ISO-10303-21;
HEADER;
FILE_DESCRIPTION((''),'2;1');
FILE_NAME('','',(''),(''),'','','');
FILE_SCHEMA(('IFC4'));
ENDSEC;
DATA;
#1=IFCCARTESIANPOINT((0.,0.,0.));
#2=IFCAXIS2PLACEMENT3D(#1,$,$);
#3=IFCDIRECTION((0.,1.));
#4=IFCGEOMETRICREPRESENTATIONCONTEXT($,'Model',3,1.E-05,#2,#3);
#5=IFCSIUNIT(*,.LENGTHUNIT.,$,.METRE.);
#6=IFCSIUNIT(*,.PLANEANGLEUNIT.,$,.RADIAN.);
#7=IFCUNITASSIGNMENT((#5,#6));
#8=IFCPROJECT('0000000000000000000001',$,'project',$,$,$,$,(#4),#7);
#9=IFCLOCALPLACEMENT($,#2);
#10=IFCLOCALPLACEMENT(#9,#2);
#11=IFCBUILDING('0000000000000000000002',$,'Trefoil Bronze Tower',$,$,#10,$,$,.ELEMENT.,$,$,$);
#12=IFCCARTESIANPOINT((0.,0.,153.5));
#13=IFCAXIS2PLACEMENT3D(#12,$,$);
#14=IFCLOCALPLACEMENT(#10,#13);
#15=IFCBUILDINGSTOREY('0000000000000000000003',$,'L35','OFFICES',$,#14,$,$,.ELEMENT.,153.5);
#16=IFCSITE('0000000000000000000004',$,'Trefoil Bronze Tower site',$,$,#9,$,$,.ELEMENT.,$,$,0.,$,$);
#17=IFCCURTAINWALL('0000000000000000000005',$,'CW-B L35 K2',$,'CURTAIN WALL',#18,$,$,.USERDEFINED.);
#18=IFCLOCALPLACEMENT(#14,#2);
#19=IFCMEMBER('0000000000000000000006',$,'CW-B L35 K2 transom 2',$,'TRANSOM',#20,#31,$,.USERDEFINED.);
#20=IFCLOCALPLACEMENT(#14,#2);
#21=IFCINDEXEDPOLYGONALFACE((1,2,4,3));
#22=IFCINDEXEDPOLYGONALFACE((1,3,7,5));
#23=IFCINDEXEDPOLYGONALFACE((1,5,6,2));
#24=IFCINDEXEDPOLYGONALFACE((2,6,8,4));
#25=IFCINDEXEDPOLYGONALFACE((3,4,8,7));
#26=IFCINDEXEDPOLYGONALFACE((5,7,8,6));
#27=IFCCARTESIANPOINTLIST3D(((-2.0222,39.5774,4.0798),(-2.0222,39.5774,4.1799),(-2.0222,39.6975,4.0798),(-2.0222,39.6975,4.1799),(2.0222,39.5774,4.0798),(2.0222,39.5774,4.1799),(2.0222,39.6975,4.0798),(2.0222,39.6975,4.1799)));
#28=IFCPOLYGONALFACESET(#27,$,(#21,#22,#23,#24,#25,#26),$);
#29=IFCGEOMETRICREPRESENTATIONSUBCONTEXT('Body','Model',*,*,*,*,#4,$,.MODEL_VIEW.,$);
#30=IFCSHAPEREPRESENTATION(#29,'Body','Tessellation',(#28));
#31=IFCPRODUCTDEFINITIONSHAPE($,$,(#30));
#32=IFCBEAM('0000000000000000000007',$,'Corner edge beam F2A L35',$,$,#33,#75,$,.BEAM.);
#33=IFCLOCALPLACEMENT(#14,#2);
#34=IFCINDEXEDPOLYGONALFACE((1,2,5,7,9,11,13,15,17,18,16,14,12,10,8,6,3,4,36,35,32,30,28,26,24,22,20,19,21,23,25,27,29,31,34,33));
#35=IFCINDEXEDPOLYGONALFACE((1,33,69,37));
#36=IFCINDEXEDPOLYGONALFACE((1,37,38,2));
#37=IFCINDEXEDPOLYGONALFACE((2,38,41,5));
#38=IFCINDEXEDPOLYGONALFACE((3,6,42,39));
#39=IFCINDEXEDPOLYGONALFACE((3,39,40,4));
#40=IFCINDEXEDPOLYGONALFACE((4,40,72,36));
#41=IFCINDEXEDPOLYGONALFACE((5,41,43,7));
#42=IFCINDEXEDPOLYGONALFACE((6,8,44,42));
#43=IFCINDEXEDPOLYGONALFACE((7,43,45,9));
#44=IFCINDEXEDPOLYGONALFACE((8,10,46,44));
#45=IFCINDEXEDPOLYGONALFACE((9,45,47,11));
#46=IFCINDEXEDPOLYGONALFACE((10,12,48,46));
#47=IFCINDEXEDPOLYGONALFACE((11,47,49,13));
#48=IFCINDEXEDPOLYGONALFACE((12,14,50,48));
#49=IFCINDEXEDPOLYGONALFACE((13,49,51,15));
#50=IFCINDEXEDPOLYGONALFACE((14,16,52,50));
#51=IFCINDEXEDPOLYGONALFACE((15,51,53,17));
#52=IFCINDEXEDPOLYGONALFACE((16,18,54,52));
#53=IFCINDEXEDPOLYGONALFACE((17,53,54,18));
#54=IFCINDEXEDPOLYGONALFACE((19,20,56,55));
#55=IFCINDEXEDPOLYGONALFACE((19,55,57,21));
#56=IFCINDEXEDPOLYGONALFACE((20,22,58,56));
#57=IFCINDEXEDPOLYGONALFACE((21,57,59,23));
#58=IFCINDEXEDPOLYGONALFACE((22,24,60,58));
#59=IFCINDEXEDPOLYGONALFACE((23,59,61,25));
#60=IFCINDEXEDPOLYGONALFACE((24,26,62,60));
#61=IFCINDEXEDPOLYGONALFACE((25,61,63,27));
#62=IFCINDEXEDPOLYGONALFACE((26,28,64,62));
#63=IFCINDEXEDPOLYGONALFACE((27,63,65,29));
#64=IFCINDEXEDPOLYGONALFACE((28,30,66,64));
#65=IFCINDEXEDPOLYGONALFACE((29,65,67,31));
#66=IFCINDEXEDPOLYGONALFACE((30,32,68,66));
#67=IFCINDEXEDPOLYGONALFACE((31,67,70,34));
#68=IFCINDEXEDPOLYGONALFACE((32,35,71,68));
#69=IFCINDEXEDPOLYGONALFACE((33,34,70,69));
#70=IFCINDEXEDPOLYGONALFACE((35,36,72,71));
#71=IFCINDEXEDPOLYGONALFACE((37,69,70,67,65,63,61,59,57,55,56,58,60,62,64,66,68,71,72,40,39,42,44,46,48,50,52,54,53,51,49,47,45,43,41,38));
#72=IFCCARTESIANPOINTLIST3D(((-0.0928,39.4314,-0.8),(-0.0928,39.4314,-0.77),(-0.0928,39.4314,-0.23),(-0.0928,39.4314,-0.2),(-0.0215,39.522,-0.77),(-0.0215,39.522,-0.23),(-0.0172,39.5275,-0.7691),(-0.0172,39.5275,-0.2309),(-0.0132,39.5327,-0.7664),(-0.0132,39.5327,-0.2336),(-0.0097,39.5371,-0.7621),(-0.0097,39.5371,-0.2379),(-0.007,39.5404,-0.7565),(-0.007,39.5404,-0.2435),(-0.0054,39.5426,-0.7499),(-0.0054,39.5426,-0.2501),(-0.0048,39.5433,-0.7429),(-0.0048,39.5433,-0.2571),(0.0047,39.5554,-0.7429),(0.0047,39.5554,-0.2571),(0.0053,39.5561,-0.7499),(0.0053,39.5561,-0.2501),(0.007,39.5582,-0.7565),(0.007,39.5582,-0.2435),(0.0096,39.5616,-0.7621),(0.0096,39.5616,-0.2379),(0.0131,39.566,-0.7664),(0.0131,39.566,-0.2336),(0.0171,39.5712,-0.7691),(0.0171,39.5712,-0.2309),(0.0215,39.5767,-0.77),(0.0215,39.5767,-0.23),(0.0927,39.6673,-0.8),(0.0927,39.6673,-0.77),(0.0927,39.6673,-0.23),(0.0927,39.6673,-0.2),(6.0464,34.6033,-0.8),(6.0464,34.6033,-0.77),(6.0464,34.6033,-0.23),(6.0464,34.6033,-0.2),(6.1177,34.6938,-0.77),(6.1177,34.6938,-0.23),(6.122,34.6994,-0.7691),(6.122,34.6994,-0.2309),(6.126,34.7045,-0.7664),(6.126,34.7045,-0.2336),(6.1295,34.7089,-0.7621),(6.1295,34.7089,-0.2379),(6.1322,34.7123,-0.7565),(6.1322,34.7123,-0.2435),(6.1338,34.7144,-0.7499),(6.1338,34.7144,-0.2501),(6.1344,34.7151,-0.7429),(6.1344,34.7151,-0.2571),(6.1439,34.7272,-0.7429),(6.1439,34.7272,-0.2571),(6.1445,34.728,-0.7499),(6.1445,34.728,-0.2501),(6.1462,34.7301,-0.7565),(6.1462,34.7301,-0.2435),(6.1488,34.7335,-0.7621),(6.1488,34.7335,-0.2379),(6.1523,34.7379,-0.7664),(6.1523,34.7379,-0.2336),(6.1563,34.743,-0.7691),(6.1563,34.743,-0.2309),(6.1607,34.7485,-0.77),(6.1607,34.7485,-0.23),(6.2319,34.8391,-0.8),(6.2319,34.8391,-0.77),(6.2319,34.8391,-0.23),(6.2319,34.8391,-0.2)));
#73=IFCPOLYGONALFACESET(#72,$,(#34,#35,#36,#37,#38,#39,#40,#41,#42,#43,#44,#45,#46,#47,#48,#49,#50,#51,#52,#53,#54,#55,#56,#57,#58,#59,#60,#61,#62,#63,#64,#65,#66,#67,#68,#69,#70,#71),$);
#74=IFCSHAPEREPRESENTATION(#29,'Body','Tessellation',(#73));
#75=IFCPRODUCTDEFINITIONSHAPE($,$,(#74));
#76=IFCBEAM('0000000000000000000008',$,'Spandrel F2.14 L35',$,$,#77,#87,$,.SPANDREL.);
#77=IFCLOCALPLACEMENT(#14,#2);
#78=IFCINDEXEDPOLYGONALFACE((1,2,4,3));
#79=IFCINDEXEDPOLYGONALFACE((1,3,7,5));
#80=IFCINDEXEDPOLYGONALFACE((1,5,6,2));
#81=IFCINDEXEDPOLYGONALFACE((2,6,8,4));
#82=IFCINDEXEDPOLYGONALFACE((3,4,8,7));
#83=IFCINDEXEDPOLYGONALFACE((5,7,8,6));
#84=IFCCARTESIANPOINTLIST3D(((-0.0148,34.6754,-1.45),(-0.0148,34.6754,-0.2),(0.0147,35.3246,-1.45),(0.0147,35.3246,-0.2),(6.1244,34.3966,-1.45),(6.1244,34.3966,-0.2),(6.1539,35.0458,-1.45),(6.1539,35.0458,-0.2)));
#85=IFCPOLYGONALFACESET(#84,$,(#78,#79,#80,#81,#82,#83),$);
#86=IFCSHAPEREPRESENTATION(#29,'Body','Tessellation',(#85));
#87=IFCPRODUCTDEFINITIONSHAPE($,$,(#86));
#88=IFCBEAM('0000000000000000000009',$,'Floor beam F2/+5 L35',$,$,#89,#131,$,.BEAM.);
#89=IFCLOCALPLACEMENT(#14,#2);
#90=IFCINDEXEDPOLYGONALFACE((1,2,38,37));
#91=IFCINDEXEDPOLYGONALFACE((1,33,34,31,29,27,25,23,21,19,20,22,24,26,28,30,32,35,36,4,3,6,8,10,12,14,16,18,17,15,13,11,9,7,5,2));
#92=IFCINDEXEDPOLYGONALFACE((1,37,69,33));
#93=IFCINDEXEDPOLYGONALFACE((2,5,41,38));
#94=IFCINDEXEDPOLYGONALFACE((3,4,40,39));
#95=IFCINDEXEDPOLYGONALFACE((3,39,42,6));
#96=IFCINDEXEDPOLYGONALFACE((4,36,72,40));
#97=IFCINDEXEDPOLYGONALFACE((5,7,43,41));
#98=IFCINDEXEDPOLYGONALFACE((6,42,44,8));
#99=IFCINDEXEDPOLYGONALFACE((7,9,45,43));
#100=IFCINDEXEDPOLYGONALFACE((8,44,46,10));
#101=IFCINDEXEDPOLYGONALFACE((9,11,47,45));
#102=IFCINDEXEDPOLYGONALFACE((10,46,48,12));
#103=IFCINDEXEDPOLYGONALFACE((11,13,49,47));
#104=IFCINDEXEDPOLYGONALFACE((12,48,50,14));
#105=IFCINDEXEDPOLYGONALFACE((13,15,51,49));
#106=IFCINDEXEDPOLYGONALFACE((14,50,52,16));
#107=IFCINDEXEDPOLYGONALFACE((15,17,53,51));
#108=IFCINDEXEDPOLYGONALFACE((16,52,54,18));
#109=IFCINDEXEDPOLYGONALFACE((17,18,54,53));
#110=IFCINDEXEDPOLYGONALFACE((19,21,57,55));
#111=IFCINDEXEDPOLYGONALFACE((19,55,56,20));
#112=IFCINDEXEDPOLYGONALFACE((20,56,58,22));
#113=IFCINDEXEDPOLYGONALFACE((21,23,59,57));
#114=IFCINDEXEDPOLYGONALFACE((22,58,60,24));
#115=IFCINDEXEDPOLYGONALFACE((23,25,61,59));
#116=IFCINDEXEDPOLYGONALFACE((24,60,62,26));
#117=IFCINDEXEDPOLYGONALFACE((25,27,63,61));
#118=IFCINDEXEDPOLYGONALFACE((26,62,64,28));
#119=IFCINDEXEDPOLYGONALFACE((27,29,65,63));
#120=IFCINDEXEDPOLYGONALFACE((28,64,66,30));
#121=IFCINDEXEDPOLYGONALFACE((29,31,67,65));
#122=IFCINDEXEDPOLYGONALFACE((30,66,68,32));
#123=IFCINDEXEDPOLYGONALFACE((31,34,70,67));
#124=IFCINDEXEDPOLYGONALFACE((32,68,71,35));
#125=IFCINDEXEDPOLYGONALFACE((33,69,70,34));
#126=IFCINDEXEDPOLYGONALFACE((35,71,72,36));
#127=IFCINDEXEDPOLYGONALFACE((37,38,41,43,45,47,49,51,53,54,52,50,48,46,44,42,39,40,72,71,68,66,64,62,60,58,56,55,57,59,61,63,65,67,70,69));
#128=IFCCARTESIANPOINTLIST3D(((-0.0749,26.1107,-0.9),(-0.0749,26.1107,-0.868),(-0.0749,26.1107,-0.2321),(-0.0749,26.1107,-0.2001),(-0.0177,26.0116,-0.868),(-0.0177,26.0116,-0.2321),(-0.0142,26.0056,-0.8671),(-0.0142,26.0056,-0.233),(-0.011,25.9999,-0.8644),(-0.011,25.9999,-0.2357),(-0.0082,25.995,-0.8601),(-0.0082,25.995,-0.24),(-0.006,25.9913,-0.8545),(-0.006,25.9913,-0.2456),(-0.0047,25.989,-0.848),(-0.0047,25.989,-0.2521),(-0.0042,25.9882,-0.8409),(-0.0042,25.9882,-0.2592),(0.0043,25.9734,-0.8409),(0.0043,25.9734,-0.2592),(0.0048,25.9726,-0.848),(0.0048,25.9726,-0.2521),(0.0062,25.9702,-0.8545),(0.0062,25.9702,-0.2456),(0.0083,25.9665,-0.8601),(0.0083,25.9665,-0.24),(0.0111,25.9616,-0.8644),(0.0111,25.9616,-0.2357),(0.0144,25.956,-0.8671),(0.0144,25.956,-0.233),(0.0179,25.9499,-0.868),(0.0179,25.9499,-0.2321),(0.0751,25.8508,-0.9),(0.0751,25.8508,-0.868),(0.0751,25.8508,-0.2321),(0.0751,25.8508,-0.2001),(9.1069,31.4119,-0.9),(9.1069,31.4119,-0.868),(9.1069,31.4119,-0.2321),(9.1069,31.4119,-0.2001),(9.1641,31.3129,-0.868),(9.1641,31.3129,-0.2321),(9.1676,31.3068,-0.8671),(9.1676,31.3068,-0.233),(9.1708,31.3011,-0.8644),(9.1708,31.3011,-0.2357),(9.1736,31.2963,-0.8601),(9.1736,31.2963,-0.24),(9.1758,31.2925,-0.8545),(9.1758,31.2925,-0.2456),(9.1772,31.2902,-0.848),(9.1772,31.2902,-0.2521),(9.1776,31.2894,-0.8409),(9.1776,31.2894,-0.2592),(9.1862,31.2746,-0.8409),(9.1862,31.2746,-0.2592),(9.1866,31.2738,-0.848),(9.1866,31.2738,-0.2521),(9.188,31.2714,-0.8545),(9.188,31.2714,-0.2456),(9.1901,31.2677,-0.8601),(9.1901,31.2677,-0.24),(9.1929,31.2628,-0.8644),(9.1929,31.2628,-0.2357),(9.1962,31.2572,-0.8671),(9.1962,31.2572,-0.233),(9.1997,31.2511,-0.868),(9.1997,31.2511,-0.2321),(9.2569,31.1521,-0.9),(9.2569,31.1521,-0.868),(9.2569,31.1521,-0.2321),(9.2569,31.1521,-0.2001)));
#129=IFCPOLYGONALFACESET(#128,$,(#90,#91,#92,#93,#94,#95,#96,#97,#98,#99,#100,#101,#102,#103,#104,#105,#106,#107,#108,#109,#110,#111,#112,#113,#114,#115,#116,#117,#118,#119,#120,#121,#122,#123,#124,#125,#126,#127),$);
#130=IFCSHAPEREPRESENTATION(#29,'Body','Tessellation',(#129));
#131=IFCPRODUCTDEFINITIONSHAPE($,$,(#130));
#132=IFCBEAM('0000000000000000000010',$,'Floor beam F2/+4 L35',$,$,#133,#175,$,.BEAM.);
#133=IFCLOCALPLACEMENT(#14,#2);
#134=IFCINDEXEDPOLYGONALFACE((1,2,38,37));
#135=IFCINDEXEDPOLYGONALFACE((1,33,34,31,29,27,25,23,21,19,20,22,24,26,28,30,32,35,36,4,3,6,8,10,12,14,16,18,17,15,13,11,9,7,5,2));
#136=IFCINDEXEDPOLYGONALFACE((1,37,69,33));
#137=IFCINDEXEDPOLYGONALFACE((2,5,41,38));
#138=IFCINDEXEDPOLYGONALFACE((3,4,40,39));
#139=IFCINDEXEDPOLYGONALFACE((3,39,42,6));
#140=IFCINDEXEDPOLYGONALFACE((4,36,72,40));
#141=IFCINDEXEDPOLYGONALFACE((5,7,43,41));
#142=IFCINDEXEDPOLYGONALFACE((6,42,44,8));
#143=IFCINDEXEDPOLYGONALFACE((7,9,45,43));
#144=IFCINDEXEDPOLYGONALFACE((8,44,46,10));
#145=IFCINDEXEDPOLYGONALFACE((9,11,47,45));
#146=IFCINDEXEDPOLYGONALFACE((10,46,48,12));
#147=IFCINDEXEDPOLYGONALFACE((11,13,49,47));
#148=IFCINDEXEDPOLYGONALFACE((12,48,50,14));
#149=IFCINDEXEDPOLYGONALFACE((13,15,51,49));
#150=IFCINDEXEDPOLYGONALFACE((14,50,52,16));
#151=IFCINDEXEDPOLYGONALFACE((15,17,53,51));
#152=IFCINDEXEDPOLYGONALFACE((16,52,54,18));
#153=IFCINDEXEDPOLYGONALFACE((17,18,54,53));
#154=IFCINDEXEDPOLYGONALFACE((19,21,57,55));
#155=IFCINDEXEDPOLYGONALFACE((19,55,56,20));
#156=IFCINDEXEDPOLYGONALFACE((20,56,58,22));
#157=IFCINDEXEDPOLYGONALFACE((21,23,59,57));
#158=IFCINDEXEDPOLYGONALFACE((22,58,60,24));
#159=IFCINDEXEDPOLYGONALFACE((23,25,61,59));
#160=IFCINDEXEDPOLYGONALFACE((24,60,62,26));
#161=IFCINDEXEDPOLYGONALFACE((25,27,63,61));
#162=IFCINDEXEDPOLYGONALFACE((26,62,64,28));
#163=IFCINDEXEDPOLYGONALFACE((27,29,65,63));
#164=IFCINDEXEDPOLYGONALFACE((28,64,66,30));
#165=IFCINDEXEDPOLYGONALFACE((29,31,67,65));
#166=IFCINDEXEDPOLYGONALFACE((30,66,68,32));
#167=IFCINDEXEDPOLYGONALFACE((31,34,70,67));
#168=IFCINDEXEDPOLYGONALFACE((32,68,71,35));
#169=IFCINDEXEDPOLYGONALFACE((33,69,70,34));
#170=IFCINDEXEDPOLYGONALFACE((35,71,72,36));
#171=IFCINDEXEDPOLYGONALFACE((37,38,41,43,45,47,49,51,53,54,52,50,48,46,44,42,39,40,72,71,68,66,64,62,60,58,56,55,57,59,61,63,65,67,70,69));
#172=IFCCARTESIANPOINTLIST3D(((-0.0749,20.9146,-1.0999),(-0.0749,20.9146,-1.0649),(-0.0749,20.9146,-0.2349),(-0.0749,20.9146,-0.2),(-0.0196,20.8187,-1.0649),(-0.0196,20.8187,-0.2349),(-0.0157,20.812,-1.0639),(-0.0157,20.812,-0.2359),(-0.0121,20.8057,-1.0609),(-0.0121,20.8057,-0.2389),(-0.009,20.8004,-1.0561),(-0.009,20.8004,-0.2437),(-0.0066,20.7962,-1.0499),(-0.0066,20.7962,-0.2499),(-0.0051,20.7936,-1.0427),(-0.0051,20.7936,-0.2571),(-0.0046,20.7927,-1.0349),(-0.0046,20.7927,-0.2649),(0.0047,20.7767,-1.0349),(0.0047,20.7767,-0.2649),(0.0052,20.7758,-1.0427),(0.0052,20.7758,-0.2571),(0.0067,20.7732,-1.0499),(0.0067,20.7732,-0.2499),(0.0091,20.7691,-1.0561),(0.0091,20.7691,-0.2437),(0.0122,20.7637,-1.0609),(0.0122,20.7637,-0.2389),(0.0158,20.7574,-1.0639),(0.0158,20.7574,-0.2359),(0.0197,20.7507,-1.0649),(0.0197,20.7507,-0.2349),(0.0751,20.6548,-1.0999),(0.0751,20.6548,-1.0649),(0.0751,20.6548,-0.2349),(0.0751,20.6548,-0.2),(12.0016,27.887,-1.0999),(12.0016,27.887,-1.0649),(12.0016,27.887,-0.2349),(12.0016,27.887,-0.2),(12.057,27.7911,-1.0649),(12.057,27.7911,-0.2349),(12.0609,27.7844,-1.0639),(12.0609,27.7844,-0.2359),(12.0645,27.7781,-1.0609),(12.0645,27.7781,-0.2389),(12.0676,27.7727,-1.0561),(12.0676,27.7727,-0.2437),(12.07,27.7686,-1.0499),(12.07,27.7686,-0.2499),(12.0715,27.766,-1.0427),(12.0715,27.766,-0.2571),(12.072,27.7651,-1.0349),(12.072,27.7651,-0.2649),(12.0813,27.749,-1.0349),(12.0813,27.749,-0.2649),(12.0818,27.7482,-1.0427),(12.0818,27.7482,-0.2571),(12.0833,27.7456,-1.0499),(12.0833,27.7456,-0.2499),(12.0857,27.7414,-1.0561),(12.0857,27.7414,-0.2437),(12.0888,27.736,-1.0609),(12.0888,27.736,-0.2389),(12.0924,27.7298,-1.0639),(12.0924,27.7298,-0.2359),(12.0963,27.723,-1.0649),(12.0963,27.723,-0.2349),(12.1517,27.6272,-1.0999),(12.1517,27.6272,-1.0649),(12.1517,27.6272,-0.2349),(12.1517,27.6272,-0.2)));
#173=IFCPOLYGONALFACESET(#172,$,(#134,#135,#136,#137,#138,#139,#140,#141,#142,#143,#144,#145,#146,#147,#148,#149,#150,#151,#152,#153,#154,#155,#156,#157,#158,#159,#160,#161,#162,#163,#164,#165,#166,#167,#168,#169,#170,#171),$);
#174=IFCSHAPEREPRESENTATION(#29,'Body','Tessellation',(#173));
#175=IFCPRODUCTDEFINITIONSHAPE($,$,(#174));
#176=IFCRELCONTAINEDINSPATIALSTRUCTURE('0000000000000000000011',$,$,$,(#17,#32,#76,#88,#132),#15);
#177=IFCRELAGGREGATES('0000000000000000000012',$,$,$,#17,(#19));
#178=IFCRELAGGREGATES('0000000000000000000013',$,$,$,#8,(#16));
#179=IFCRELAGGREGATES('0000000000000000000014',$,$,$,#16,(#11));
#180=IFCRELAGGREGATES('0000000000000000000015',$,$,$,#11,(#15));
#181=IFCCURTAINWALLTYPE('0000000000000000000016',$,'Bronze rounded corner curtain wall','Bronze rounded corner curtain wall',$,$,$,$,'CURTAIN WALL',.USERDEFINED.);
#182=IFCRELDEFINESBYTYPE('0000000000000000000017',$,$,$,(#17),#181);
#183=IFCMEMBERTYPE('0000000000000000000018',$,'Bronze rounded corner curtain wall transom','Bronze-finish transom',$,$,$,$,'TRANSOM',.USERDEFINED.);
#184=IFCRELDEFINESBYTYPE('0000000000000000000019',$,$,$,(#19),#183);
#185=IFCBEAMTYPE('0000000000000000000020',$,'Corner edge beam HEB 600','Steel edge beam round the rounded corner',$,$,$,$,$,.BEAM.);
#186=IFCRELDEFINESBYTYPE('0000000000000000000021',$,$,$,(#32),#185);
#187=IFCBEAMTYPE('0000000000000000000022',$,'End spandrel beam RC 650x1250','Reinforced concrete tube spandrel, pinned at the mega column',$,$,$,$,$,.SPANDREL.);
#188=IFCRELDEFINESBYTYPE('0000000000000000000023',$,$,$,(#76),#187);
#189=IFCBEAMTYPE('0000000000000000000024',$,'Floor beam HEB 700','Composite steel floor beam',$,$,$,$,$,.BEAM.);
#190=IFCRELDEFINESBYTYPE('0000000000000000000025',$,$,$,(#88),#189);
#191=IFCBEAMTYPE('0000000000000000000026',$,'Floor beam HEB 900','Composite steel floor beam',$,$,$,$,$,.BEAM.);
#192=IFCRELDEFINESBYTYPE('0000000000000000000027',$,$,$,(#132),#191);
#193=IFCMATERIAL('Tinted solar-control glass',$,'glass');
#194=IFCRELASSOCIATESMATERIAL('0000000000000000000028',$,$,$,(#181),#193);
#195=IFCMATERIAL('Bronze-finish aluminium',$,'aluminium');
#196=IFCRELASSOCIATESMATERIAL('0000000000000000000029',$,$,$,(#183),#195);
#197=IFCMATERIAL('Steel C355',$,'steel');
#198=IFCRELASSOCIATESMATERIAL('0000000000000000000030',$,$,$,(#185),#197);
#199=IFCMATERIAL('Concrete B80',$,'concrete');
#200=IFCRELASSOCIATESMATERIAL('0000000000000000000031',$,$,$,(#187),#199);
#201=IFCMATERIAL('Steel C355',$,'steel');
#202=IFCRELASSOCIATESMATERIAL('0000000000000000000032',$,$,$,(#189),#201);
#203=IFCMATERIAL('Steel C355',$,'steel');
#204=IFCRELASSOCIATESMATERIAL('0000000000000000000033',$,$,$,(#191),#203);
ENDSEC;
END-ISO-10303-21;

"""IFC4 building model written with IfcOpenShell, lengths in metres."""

from ifc_helpers import new_model, si_unit, direction, frame, origin, origin_2d, place, context, subcontext, project, spatial, rectangle, i_section, extrude, material, material_profile, profile_set, type_object, element, aggregate, save


model = new_model("IFC4")

# Units and contexts
model_context = context("Model", 3, precision=1e-05, world=origin(), true_north=direction((0.0, 1.0)))
body_context = subcontext(model_context, "Body", "Model", "MODEL_VIEW")
ifc_project = project(units=[si_unit("LENGTHUNIT", "METRE"), si_unit("PLANEANGLEUNIT", "RADIAN")], contexts=[model_context])

# Site, building, storey
site_placement = place(None, origin())
site = spatial("IfcSite", under=ifc_project, at=site_placement, Name="Trefoil Bronze Tower site", CompositionType="ELEMENT", RefElevation=0.0)
building_placement = place(site_placement, origin())
building = spatial("IfcBuilding", under=site, at=building_placement, Name="Trefoil Bronze Tower", CompositionType="ELEMENT")
storey_placement = place(building_placement, frame((0.0, 0.0, 153.5)))
storey = spatial("IfcBuildingStorey", under=building, at=storey_placement, Name="L35", Description="OFFICES", CompositionType="ELEMENT", Elevation=153.5)

# Curtain wall, member
ifc_material_1 = material(Name="Tinted solar-control glass", Category="glass")
curtain_wall_type_1 = type_object("IfcCurtainWallType", Name="Bronze rounded corner curtain wall", Description="Bronze rounded corner curtain wall", ElementType="CURTAIN WALL", PredefinedType="USERDEFINED", material=ifc_material_1)
curtain_wall_1_placement = place(storey_placement, origin())
curtain_wall_1 = element("IfcCurtainWall", 1, at=curtain_wall_1_placement, inside=storey, type_object=curtain_wall_type_1, Name="CW-B L35 K2", ObjectType="CURTAIN WALL", PredefinedType="USERDEFINED")
ifc_material_2 = material(Name="Bronze-finish aluminium", Category="aluminium")
ifc_material_profile_1 = material_profile(ifc_material_2, rectangle(XDim=0.1201, YDim=0.1001, at=origin_2d()), Name="CW-B transom")
ifc_profile_set_1 = profile_set([ifc_material_profile_1], Name="Bronze-finish aluminium")
member_type_1 = type_object("IfcMemberType", Name="Bronze rounded corner curtain wall transom", Description="Bronze-finish transom", ElementType="TRANSOM", PredefinedType="USERDEFINED", material=ifc_profile_set_1)
member_1_placement = place(storey_placement, frame((2.0222, 39.6375, 4.1299), z_axis=(-1.0, 0.0, 0.0), x_axis=(0.0, -1.0, 0.0)))
member_1 = element("IfcMember", 2, at=member_1_placement, type_object=member_type_1, Name="CW-B L35 K2 transom 2", ObjectType="TRANSOM", PredefinedType="USERDEFINED", context=body_context, shape_type="SweptSolid", body=[
    extrude(rectangle(XDim=0.1201, YDim=0.1001, at=origin_2d()), origin(), (0.0, 0.0, 1.0), 4.0444),
])

# Beams
ifc_material_3 = material(Name="Steel C355", Category="steel")
ifc_material_profile_2 = material_profile(ifc_material_3, i_section(OverallWidth=0.3, OverallDepth=0.6001, WebThickness=0.0154, FlangeThickness=0.03, FilletRadius=0.0271, at=origin_2d()), Name="HEB 600")
ifc_profile_set_2 = profile_set([ifc_material_profile_2], Name="Steel C355")
beam_type_1 = type_object("IfcBeamType", Name="Corner edge beam HEB 600", Description="Steel edge beam round the rounded corner", PredefinedType="BEAM", material=ifc_profile_set_2)
beam_1_placement = place(storey_placement, frame((6.1392, 34.7212, -0.5), z_axis=(-0.786038, 0.618178, 0.0), x_axis=(-0.618178, -0.786038, 0.0)))
element("IfcBeam", 3, at=beam_1_placement, inside=storey, type_object=beam_type_1, Name="Corner edge beam F2A L35", PredefinedType="BEAM", context=body_context, shape_type="SweptSolid", body=[
    extrude(i_section(OverallWidth=0.3, OverallDepth=0.6001, WebThickness=0.0154, FlangeThickness=0.03, FilletRadius=0.0271, at=origin_2d()), origin(), (0.0, 0.0, 1.0), 7.8103),
])
ifc_material_4 = material(Name="Concrete B80", Category="concrete")
ifc_material_profile_3 = material_profile(ifc_material_4, rectangle(XDim=0.6499, YDim=1.25, at=origin_2d()), Name="RC 650x1250")
ifc_profile_set_3 = profile_set([ifc_material_profile_3], Name="Concrete B80")
beam_type_2 = type_object("IfcBeamType", Name="End spandrel beam RC 650x1250", Description="Reinforced concrete tube spandrel, pinned at the mega column", PredefinedType="SPANDREL", material=ifc_profile_set_3)
beam_2_placement = place(storey_placement, frame((6.1392, 34.7212, -0.825), z_axis=(-0.99897, 0.045368, 0.0), x_axis=(-0.045368, -0.99897, 0.0)))
element("IfcBeam", 4, at=beam_2_placement, inside=storey, type_object=beam_type_2, Name="Spandrel F2.14 L35", PredefinedType="SPANDREL", context=body_context, shape_type="SweptSolid", body=[
    extrude(rectangle(XDim=0.6499, YDim=1.25, at=origin_2d()), origin(), (0.0, 0.0, 1.0), 6.1455),
])
ifc_material_5 = material(Name="Steel C355", Category="steel")
ifc_material_profile_4 = material_profile(ifc_material_5, i_section(OverallWidth=0.3, OverallDepth=0.7, WebThickness=0.0171, FlangeThickness=0.032, FilletRadius=0.0271, at=origin_2d()), Name="HEB 700")
ifc_profile_set_4 = profile_set([ifc_material_profile_4], Name="Steel C355")
beam_type_3 = type_object("IfcBeamType", Name="Floor beam HEB 700", Description="Composite steel floor beam", PredefinedType="BEAM", material=ifc_profile_set_4)
beam_3_placement = place(storey_placement, frame((9.1819, 31.282, -0.55), z_axis=(-0.866021, -0.500007, 0.0), x_axis=(0.500007, -0.866021, 0.0)))
element("IfcBeam", 5, at=beam_3_placement, inside=storey, type_object=beam_type_3, Name="Floor beam F2/+5 L35", PredefinedType="BEAM", context=body_context, shape_type="SweptSolid", body=[
    extrude(i_section(OverallWidth=0.3, OverallDepth=0.7, WebThickness=0.0171, FlangeThickness=0.032, FilletRadius=0.0271, at=origin_2d()), origin(), (0.0, 0.0, 1.0), 10.6023),
])
ifc_material_6 = material(Name="Steel C355", Category="steel")
ifc_material_profile_5 = material_profile(ifc_material_6, i_section(OverallWidth=0.3, OverallDepth=0.8999, WebThickness=0.0186, FlangeThickness=0.0349, FilletRadius=0.03, at=origin_2d()), Name="HEB 900")
ifc_profile_set_5 = profile_set([ifc_material_profile_5], Name="Steel C355")
beam_type_4 = type_object("IfcBeamType", Name="Floor beam HEB 900", Description="Composite steel floor beam", PredefinedType="BEAM", material=ifc_profile_set_5)
beam_4_placement = place(storey_placement, frame((12.0767, 27.7571, -0.6499), z_axis=(-0.866027, -0.499997, 0.0), x_axis=(0.499997, -0.866027, 0.0)))
element("IfcBeam", 6, at=beam_4_placement, inside=storey, type_object=beam_type_4, Name="Floor beam F2/+4 L35", PredefinedType="BEAM", context=body_context, shape_type="SweptSolid", body=[
    extrude(i_section(OverallWidth=0.3, OverallDepth=0.8999, WebThickness=0.0186, FlangeThickness=0.0349, FilletRadius=0.03, at=origin_2d()), origin(), (0.0, 0.0, 1.0), 13.9448),
])

aggregate(curtain_wall_1, [member_1])

save(model, "model.ifc")
